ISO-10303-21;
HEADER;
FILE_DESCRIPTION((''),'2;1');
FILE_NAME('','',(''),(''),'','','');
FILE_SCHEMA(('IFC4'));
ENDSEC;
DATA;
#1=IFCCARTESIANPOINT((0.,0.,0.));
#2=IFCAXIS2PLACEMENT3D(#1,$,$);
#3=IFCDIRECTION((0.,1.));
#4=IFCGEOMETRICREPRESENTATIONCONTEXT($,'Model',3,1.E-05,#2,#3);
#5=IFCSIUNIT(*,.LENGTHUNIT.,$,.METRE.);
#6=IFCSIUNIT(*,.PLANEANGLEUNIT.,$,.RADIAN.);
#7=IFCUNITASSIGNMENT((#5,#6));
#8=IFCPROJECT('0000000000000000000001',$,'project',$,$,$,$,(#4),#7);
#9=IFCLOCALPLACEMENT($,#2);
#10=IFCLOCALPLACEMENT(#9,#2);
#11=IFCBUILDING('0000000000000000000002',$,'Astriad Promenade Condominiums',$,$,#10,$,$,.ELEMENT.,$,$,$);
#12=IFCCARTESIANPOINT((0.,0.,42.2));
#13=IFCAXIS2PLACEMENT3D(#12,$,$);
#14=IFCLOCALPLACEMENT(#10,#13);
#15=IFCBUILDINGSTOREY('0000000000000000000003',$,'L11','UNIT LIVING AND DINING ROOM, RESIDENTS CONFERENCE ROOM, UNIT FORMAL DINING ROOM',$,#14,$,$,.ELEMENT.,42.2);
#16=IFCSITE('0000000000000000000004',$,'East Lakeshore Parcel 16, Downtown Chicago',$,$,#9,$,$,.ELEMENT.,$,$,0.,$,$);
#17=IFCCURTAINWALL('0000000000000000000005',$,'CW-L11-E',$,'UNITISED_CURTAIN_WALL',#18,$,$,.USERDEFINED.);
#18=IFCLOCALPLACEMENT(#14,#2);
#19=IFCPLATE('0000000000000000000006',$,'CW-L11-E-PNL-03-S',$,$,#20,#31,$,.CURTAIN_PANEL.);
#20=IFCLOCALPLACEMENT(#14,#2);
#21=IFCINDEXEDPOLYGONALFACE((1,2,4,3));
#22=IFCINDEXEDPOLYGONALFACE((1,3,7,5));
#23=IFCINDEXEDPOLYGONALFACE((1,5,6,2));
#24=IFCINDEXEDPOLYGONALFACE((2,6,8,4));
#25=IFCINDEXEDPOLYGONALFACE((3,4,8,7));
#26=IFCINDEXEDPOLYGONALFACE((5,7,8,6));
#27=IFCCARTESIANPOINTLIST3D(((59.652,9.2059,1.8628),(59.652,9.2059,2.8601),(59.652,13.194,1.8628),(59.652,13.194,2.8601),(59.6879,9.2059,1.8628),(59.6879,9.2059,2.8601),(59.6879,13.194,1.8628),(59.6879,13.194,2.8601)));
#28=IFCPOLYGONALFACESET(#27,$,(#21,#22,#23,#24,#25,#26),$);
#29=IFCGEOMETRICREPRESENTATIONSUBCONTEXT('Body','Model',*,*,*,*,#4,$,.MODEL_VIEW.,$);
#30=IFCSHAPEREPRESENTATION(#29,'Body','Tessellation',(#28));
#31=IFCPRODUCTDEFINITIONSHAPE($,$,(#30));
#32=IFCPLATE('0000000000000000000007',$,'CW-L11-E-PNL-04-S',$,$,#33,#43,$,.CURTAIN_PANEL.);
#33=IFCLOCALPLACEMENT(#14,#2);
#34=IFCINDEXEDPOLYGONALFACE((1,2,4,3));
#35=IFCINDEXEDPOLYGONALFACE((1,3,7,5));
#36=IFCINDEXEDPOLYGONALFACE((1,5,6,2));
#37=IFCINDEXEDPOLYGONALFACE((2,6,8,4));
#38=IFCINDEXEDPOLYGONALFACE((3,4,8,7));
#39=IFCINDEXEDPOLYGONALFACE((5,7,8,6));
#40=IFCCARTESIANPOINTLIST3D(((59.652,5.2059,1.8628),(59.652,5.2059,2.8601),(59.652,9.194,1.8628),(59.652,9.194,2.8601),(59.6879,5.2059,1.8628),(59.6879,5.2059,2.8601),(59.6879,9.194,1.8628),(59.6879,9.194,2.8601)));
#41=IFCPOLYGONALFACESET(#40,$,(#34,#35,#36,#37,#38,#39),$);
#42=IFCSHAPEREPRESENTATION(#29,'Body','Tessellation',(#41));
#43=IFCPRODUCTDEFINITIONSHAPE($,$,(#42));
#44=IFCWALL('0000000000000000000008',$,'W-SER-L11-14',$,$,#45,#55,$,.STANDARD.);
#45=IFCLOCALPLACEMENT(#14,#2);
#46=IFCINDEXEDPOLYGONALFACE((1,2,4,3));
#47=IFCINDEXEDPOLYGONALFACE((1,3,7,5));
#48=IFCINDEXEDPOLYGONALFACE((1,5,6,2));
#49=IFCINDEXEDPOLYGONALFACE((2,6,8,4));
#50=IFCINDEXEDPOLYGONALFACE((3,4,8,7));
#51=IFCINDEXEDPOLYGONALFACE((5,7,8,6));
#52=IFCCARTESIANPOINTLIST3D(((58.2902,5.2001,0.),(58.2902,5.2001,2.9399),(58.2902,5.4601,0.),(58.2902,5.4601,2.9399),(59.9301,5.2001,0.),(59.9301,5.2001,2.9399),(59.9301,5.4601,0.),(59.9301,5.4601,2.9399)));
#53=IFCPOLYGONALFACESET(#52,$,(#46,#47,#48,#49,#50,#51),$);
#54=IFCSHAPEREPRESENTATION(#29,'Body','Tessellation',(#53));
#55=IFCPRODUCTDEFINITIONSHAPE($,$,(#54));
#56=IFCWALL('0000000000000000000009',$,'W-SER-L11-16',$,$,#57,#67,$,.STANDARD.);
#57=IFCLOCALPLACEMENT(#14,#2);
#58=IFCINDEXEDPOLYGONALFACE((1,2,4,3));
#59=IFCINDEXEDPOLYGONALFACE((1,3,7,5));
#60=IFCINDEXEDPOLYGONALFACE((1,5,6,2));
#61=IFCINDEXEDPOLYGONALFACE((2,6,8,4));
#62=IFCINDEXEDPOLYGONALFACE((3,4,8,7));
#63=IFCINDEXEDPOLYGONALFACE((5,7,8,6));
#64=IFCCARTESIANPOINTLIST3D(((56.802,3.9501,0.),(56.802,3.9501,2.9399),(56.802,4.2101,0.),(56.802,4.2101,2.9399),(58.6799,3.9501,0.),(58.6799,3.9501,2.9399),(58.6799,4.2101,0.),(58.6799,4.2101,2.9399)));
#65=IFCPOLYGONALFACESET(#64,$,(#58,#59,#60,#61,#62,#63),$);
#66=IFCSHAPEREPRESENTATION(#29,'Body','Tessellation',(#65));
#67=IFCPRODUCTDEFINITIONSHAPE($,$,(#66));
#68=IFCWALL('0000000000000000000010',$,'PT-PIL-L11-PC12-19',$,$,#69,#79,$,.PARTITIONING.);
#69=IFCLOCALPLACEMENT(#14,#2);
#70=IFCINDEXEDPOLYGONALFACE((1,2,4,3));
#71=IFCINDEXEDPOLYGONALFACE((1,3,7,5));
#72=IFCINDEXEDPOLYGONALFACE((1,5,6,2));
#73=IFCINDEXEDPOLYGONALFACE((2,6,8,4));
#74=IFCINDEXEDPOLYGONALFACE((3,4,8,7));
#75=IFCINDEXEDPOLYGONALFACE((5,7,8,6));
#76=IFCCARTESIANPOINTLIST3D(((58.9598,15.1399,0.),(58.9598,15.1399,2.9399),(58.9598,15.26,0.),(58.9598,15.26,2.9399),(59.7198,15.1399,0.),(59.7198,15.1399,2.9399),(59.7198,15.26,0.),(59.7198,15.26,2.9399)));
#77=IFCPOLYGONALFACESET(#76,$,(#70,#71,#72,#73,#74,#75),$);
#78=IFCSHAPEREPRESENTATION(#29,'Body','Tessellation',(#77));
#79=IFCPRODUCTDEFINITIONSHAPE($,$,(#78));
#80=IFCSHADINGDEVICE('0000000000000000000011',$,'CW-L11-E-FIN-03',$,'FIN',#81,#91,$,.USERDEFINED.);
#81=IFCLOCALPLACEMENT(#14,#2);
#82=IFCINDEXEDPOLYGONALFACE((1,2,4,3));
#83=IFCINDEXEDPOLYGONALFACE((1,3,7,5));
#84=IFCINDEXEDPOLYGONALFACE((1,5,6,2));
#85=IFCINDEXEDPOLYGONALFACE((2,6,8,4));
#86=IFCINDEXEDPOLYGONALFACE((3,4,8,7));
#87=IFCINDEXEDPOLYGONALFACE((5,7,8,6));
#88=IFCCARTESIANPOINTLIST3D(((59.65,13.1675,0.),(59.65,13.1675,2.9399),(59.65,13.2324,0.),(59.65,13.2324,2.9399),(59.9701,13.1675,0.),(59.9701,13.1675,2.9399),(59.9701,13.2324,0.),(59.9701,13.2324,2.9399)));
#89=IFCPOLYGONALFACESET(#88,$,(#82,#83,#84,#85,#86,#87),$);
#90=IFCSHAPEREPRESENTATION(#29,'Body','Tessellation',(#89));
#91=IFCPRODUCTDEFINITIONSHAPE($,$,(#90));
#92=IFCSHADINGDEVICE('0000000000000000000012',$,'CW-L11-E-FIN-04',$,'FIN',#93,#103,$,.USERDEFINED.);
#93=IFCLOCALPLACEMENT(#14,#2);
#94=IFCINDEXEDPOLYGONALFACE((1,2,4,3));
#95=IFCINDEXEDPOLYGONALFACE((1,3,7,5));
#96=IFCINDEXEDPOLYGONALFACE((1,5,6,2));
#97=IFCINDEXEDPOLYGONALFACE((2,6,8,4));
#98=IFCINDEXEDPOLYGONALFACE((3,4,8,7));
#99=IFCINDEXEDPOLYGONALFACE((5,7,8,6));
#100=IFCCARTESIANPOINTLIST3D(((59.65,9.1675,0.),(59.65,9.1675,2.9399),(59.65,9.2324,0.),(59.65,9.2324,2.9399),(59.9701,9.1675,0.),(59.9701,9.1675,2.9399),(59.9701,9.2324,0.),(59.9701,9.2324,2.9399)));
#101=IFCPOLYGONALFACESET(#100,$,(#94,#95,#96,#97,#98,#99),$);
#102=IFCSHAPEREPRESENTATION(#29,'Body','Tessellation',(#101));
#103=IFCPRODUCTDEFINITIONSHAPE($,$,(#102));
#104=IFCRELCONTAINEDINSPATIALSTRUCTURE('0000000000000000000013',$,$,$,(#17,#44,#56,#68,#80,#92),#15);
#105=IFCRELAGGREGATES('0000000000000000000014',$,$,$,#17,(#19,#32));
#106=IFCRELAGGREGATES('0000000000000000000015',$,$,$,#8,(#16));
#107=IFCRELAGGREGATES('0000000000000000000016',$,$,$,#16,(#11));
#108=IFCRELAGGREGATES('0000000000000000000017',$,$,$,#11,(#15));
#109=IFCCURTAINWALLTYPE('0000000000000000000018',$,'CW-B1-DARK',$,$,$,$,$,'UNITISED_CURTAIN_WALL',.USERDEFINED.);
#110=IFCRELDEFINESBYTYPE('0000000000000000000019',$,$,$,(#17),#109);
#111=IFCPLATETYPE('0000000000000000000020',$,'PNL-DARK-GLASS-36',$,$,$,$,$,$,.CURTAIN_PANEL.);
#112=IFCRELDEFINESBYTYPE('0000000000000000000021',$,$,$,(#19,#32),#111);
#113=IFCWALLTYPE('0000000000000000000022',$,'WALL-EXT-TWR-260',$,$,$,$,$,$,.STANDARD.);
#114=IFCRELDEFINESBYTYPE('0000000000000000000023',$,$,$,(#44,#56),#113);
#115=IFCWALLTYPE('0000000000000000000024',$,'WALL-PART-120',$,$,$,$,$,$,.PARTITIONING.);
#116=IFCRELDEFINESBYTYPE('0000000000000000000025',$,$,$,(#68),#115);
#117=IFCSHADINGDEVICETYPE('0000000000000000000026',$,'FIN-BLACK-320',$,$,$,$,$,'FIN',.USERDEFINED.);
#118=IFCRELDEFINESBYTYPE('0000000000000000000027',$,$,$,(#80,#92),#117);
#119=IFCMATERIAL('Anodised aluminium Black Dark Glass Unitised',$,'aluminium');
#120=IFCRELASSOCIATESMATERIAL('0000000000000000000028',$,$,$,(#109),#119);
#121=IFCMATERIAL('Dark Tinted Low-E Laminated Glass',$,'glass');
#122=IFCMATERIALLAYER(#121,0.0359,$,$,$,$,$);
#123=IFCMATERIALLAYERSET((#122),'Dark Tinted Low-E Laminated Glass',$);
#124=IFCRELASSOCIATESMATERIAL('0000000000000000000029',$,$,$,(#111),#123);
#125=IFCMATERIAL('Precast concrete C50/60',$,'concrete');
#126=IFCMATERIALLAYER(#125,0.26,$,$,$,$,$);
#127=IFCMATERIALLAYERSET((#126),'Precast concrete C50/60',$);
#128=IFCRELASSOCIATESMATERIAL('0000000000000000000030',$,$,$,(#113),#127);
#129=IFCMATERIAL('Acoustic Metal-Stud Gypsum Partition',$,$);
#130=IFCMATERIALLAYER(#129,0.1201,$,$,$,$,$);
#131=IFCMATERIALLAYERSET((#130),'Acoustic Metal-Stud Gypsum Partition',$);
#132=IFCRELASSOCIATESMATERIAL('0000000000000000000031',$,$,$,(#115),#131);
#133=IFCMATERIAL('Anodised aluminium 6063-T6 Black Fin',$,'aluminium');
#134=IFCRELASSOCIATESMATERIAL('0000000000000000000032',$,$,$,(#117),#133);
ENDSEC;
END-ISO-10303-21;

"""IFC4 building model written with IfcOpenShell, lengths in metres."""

from ifc_helpers import new_model, si_unit, direction, frame, frame_2d, origin, origin_2d, place, context, subcontext, project, spatial, rectangle, extrude, source, transform, mapped, material, layer, layer_set, type_object, type_shapes, element, aggregate, save


model = new_model("IFC4")

# Units and contexts
model_context = context("Model", 3, precision=1e-05, world=origin(), true_north=direction((0.0, 1.0)))
body_context = subcontext(model_context, "Body", "Model", "MODEL_VIEW")
ifc_project = project(units=[si_unit("LENGTHUNIT", "METRE"), si_unit("PLANEANGLEUNIT", "RADIAN")], contexts=[model_context])

# Site, building, storey
site_placement = place(None, origin())
site = spatial("IfcSite", under=ifc_project, at=site_placement, Name="East Lakeshore Parcel 16, Downtown Chicago", CompositionType="ELEMENT", RefElevation=0.0)
building_placement = place(site_placement, origin())
building = spatial("IfcBuilding", under=site, at=building_placement, Name="Astriad Promenade Condominiums", CompositionType="ELEMENT")
storey_placement = place(building_placement, frame((0.0, 0.0, 42.2)))
storey = spatial("IfcBuildingStorey", under=building, at=storey_placement, Name="L11", Description="UNIT LIVING AND DINING ROOM, RESIDENTS CONFERENCE ROOM, UNIT FORMAL DINING ROOM", CompositionType="ELEMENT", Elevation=42.2)

# Curtain wall, plates
ifc_material_1 = material(Name="Anodised aluminium Black Dark Glass Unitised", Category="aluminium")
curtain_wall_type = type_object("IfcCurtainWallType", Name="CW-B1-DARK", ElementType="UNITISED_CURTAIN_WALL", PredefinedType="USERDEFINED", material=ifc_material_1)
curtain_wall_placement = place(storey_placement, origin())
curtain_wall = element("IfcCurtainWall", 1, at=curtain_wall_placement, inside=storey, type_object=curtain_wall_type, Name="CW-L11-E", ObjectType="UNITISED_CURTAIN_WALL", PredefinedType="USERDEFINED")
ifc_material_2 = material(Name="Dark Tinted Low-E Laminated Glass", Category="glass")
ifc_layer_1 = layer(ifc_material_2, 0.0359)
ifc_layer_set_1 = layer_set([ifc_layer_1], Name="Dark Tinted Low-E Laminated Glass")
plate_type = type_object("IfcPlateType", Name="PNL-DARK-GLASS-36", PredefinedType="CURTAIN_PANEL", material=ifc_layer_set_1)
shared_shape_1 = source(origin(), body_context, "Body", "SweptSolid", [
    extrude(rectangle(XDim=3.988, YDim=0.0359, at=origin_2d()), origin(), (0.0, 0.0, 1.0), 0.9973),
])
plate_1_placement = place(storey_placement, frame((59.6699, 11.2, 1.8628), z_axis=(0.0, 0.0, 1.0), x_axis=(0.0, -1.0, 0.0)))
plate_1 = element("IfcPlate", 2, at=plate_1_placement, type_object=plate_type, Name="CW-L11-E-PNL-03-S", PredefinedType="CURTAIN_PANEL", context=body_context, shape_type="MappedRepresentation", body=[
    mapped(shared_shape_1, transform((0.0, 0.0, 0.0), scale=1.0)),
])
plate_2_placement = place(storey_placement, frame((59.6699, 7.2, 1.8628), z_axis=(0.0, 0.0, 1.0), x_axis=(0.0, -1.0, 0.0)))
plate_2 = element("IfcPlate", 3, at=plate_2_placement, type_object=plate_type, Name="CW-L11-E-PNL-04-S", PredefinedType="CURTAIN_PANEL", context=body_context, shape_type="MappedRepresentation", body=[
    mapped(shared_shape_1, transform((0.0, 0.0, 0.0), scale=1.0)),
])
aggregate(curtain_wall, [plate_1, plate_2])

# Walls
ifc_material_3 = material(Name="Precast concrete C50/60", Category="concrete")
ifc_layer_2 = layer(ifc_material_3, 0.26)
ifc_layer_set_2 = layer_set([ifc_layer_2], Name="Precast concrete C50/60")
wall_type_1 = type_object("IfcWallType", Name="WALL-EXT-TWR-260", PredefinedType="STANDARD", material=ifc_layer_set_2)
wall_1_placement = place(storey_placement, frame((59.9299, 5.3301, 0.0), z_axis=(0.0, 0.0, 1.0), x_axis=(-1.0, 0.0, 0.0)))
element("IfcWall", 4, at=wall_1_placement, inside=storey, type_object=wall_type_1, Name="W-SER-L11-14", PredefinedType="STANDARD", context=body_context, shape_type="SweptSolid", body=[
    extrude(rectangle(XDim=1.6399, YDim=0.26, at=frame_2d((0.8198, 0.0))), origin(), (0.0, 0.0, 1.0), 2.9399),
])
wall_2_placement = place(storey_placement, frame((58.6799, 4.0801, 0.0), z_axis=(0.0, 0.0, 1.0), x_axis=(-1.0, 0.0, 0.0)))
element("IfcWall", 5, at=wall_2_placement, inside=storey, type_object=wall_type_1, Name="W-SER-L11-16", PredefinedType="STANDARD", context=body_context, shape_type="SweptSolid", body=[
    extrude(rectangle(XDim=1.8779, YDim=0.26, at=frame_2d((0.939, 0.0))), origin(), (0.0, 0.0, 1.0), 2.9399),
])
ifc_material_4 = material(Name="Acoustic Metal-Stud Gypsum Partition")
ifc_layer_3 = layer(ifc_material_4, 0.1201)
ifc_layer_set_3 = layer_set([ifc_layer_3], Name="Acoustic Metal-Stud Gypsum Partition")
wall_type_2 = type_object("IfcWallType", Name="WALL-PART-120", PredefinedType="PARTITIONING", material=ifc_layer_set_3)
wall_3_placement = place(storey_placement, frame((58.96, 15.2, 0.0), z_axis=(0.0, 0.0, 1.0), x_axis=(1.0, 0.0, 0.0)))
element("IfcWall", 6, at=wall_3_placement, inside=storey, type_object=wall_type_2, Name="PT-PIL-L11-PC12-19", PredefinedType="PARTITIONING", context=body_context, shape_type="SweptSolid", body=[
    extrude(rectangle(XDim=0.76, YDim=0.1201, at=frame_2d((0.3799, 0.0))), origin(), (0.0, 0.0, 1.0), 2.9399),
])

# Shading devices
ifc_material_5 = material(Name="Anodised aluminium 6063-T6 Black Fin", Category="aluminium")
shading_device_type = type_object("IfcShadingDeviceType", Name="FIN-BLACK-320", ElementType="FIN", PredefinedType="USERDEFINED", material=ifc_material_5)
shared_shape_2 = source(origin(), body_context, "Body", "SweptSolid", [
    extrude(rectangle(XDim=0.0649, YDim=0.3201, at=origin_2d()), origin(), (0.0, 0.0, 1.0), 2.9399),
])
type_shapes(shading_device_type, [shared_shape_2])
for number, where, z_axis, x_axis, name in (
    (7, (59.8101, 13.2, 0.0), (0.0, 0.0, 1.0), (0.0, -1.0, 0.0), "CW-L11-E-FIN-03"),
    (8, (59.8101, 9.2, 0.0), (0.0, 0.0, 1.0), (0.0, -1.0, 0.0), "CW-L11-E-FIN-04"),
):
    element("IfcShadingDevice", number, at=place(storey_placement, frame(where, z_axis=z_axis, x_axis=x_axis)), inside=storey, type_object=shading_device_type, Name=name, ObjectType="FIN", PredefinedType="USERDEFINED", context=body_context, shape_type="MappedRepresentation", body=[
        mapped(shared_shape_2, transform((0.0, 0.0, 0.0), scale=1.0)),
    ])

save(model, "model.ifc")
